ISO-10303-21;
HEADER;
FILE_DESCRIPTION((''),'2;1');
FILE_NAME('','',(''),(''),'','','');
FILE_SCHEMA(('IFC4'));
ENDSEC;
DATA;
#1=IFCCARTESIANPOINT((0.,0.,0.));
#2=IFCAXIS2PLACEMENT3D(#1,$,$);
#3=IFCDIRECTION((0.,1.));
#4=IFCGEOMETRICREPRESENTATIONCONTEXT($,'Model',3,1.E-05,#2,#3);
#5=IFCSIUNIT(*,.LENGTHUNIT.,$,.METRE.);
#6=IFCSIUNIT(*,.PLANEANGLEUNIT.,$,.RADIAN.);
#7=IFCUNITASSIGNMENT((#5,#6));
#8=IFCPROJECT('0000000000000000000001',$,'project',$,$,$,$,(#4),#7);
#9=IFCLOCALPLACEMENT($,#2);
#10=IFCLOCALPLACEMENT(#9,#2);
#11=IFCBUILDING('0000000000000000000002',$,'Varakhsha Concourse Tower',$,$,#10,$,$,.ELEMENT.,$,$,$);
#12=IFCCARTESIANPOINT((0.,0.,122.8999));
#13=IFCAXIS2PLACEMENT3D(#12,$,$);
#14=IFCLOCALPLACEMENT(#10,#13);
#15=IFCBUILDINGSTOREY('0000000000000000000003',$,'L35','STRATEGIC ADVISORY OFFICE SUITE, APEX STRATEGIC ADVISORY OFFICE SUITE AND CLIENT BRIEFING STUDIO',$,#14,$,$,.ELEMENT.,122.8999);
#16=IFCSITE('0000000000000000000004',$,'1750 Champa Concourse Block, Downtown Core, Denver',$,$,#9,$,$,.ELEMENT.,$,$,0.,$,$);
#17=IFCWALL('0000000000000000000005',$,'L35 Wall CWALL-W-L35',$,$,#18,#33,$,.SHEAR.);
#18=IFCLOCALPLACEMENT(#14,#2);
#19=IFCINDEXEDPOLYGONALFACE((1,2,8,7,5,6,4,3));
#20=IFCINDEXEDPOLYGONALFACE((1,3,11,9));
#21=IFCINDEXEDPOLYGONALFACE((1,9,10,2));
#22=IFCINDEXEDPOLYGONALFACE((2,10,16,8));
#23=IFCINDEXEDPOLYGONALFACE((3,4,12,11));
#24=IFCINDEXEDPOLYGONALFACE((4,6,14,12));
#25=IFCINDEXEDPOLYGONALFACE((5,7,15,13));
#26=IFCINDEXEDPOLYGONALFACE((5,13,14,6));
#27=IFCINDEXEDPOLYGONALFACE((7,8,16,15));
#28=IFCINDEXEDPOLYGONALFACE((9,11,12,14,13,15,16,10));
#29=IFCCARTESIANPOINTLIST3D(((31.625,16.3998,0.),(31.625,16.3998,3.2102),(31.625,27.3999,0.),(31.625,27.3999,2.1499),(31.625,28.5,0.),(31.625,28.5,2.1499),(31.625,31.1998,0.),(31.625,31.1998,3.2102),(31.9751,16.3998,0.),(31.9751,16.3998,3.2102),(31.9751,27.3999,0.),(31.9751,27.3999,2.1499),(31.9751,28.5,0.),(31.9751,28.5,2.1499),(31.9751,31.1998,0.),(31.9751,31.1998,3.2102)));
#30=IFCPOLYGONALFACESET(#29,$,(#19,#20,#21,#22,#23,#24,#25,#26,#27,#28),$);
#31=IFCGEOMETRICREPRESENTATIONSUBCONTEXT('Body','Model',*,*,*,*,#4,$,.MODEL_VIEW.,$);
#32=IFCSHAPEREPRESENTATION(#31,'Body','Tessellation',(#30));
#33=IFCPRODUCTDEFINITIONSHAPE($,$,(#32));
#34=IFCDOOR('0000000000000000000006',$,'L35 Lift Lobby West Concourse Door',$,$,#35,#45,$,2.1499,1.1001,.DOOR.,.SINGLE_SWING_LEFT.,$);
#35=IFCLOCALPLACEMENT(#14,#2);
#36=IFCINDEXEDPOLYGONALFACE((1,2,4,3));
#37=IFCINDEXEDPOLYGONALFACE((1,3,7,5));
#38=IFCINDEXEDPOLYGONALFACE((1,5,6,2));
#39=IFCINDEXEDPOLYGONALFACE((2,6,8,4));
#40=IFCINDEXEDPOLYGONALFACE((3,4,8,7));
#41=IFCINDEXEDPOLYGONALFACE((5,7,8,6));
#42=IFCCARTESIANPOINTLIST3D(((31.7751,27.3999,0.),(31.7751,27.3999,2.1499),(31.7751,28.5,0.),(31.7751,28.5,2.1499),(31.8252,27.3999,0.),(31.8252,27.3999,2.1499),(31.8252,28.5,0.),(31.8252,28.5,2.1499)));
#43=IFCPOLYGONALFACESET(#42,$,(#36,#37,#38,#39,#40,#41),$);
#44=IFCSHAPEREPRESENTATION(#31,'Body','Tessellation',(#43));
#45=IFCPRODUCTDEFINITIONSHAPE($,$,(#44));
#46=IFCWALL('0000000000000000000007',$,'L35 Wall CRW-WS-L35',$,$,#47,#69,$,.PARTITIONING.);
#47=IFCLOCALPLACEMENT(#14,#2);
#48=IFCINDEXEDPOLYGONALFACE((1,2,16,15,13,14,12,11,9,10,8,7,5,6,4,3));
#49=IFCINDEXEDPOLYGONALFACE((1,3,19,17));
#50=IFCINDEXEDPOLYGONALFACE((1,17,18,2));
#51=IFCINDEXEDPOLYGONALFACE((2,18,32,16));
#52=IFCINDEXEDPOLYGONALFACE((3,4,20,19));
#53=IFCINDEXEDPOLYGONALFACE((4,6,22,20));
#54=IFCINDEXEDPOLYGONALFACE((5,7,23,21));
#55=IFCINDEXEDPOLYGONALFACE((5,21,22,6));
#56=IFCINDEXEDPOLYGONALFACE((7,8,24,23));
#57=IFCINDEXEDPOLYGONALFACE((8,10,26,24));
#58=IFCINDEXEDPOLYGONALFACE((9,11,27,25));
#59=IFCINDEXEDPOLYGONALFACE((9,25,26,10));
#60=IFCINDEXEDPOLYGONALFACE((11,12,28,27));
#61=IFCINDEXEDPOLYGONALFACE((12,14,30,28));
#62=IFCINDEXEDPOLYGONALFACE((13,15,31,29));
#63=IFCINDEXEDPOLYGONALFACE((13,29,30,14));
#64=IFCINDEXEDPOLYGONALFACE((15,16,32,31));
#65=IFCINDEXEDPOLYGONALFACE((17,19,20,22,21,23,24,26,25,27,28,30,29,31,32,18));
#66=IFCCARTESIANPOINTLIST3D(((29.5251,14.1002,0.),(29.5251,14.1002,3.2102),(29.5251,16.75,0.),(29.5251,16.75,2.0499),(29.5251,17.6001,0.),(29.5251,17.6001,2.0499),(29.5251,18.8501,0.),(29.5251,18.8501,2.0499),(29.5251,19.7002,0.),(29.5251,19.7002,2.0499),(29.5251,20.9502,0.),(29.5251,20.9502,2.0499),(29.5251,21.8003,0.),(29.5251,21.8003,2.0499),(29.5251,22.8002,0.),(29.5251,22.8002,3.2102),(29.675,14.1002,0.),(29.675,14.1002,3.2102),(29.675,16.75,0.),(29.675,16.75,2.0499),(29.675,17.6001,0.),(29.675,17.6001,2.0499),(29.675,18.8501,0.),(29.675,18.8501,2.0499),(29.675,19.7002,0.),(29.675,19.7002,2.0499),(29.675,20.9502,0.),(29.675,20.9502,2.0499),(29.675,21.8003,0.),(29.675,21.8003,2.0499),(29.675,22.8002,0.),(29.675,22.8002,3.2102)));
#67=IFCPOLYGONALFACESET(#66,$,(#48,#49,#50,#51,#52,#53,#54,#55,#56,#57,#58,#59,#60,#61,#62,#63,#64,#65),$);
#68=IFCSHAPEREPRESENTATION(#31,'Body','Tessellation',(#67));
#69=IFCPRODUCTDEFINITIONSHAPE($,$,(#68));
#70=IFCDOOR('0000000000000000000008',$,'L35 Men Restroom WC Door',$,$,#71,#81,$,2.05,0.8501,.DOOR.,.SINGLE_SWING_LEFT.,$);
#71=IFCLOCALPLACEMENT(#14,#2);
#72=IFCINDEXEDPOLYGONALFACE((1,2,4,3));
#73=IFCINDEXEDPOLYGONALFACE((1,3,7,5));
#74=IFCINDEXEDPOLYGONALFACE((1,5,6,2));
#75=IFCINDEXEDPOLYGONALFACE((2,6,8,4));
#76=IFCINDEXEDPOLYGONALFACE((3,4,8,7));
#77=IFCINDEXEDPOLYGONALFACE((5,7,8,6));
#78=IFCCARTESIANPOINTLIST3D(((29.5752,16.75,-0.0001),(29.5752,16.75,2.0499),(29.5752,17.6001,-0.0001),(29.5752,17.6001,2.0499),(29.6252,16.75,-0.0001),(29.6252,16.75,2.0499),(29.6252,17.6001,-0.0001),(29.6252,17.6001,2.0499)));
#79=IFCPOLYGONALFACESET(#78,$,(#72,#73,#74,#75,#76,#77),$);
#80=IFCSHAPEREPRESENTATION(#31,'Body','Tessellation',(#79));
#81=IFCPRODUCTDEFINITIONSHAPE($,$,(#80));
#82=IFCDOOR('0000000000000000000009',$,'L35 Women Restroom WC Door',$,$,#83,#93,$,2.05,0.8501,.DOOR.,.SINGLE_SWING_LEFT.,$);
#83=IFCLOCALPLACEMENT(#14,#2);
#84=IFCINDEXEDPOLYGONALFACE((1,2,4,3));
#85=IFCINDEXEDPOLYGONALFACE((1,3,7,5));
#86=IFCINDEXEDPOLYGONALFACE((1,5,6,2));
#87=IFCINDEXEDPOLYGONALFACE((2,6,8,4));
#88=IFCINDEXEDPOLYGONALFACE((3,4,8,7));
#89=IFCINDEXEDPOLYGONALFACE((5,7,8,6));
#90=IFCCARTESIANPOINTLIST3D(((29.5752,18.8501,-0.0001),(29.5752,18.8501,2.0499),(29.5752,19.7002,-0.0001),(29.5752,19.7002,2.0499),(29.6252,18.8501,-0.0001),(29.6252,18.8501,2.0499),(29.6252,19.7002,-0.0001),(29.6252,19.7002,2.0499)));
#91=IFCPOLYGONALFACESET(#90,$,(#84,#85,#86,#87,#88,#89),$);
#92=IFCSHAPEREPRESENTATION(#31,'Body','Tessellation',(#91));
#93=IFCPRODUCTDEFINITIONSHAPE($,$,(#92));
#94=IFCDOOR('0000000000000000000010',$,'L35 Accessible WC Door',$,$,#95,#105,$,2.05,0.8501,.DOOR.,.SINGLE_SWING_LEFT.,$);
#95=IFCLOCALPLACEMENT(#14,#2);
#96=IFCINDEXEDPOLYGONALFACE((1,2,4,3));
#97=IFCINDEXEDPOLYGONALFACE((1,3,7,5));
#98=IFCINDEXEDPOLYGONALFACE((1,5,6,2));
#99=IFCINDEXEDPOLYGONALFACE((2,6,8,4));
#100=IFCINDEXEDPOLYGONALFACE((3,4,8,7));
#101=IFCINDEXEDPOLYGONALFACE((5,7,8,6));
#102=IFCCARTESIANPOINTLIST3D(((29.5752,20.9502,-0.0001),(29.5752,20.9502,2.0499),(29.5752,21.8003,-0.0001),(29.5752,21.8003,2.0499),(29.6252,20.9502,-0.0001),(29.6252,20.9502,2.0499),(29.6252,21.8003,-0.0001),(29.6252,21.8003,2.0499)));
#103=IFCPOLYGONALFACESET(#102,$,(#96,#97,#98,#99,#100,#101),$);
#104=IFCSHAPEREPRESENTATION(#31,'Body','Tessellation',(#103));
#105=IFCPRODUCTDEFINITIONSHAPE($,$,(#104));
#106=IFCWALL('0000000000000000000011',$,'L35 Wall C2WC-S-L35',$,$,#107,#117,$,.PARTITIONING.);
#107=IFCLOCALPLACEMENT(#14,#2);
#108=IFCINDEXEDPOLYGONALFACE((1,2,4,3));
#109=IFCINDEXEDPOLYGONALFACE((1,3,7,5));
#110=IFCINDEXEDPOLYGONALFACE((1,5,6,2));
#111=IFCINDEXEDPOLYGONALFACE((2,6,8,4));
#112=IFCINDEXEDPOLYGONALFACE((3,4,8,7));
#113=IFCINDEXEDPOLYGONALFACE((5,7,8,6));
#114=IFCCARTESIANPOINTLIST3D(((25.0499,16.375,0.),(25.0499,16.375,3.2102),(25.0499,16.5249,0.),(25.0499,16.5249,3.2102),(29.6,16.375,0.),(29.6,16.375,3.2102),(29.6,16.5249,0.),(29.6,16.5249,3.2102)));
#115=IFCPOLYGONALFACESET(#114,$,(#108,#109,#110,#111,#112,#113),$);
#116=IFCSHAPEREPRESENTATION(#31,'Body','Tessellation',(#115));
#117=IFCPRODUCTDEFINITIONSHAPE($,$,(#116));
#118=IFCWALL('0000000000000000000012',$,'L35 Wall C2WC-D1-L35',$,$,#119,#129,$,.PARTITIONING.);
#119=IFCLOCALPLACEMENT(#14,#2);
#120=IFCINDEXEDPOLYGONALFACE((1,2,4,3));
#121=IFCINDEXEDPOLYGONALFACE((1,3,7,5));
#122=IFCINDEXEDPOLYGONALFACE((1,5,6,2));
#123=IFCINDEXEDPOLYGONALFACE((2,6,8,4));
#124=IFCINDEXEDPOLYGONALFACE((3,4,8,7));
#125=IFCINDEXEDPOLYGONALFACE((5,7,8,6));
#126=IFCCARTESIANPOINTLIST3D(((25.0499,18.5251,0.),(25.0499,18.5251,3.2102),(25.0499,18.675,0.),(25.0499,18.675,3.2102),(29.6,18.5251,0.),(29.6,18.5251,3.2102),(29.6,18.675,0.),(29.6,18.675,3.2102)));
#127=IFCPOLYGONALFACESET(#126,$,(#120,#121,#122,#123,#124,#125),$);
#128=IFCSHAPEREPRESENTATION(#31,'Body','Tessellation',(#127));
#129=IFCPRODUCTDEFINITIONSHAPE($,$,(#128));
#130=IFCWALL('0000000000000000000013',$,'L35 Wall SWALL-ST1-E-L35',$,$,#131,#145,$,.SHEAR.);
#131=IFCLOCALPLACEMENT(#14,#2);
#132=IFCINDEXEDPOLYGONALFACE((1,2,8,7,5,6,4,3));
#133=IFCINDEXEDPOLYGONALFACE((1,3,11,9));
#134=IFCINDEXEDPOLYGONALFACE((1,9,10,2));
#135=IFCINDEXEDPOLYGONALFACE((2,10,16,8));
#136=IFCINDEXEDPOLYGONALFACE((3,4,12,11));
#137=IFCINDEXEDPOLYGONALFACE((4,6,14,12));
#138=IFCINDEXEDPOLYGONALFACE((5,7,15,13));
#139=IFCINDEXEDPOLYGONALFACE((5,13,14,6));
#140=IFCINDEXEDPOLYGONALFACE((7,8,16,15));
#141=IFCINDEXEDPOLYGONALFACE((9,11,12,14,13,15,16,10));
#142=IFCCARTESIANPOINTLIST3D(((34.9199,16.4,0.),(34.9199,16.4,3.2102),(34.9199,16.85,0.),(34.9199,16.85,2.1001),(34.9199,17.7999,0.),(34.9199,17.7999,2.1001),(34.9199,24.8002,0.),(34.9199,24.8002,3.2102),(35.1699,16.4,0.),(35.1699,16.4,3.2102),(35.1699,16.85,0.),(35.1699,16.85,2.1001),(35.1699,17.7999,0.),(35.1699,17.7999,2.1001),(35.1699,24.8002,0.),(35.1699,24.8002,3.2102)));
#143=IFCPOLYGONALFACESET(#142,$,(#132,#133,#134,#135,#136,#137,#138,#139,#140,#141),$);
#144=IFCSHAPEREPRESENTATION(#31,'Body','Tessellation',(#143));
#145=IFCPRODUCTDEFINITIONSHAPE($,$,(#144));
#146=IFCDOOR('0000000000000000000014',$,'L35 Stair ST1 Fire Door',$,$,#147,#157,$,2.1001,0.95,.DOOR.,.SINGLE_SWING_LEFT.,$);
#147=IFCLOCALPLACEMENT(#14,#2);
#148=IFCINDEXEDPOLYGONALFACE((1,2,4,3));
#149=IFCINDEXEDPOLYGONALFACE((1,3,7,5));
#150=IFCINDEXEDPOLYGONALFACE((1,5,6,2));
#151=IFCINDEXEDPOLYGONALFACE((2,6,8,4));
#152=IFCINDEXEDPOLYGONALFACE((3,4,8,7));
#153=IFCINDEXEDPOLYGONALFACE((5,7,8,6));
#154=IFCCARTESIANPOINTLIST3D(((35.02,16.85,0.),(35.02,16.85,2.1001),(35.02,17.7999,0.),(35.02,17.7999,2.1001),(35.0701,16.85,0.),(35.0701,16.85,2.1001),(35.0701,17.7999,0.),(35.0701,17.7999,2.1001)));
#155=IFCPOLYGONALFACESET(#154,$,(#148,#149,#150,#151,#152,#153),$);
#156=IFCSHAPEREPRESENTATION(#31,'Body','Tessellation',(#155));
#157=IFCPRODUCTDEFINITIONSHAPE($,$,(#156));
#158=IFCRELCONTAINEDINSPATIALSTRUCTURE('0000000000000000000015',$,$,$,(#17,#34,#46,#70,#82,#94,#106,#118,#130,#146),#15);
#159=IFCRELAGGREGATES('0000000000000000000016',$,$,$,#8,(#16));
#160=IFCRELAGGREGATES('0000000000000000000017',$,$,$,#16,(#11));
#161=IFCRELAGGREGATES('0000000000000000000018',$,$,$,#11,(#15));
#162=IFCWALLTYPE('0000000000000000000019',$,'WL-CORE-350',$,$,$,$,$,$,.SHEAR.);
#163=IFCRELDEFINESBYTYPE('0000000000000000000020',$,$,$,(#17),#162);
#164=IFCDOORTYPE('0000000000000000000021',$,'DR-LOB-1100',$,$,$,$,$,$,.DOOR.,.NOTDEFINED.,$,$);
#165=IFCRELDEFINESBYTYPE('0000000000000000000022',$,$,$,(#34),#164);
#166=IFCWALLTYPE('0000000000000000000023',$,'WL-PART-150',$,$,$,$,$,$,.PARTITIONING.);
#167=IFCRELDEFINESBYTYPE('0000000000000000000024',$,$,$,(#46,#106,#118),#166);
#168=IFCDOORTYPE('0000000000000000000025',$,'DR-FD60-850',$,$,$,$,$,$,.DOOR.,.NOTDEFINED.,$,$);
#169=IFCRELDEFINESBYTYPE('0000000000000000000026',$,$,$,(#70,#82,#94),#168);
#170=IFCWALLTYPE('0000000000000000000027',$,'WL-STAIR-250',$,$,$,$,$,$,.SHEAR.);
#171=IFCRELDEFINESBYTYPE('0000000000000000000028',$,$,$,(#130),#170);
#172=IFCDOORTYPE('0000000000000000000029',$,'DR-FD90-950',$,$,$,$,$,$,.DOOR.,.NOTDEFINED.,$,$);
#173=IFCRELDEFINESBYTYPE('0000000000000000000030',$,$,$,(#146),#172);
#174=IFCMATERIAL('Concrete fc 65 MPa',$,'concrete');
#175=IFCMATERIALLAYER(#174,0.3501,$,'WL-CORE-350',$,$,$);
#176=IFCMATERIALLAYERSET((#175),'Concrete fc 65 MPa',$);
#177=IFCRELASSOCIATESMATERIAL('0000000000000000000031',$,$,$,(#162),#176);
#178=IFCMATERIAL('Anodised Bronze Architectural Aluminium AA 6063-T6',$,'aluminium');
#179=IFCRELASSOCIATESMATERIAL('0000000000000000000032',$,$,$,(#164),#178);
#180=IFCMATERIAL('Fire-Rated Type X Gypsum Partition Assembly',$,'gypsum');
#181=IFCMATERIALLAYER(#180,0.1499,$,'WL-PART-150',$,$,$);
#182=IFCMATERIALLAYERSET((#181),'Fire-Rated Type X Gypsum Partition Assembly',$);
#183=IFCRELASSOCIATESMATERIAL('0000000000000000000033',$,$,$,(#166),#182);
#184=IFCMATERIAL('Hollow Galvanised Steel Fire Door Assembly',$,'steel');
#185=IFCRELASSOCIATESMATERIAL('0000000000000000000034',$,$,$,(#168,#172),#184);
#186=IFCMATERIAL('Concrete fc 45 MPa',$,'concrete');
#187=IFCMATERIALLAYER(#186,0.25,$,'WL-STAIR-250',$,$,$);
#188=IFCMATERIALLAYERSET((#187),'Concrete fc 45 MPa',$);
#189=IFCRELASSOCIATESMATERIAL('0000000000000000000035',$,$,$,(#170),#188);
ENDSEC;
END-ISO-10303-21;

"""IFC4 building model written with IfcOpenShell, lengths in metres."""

from ifc_helpers import new_model, si_unit, direction, frame, frame_2d, origin, place, context, subcontext, project, spatial, rectangle, extrude, material, layer, layer_set, type_object, element, fill, save


model = new_model("IFC4")

# Units and contexts
model_context = context("Model", 3, precision=1e-05, world=origin(), true_north=direction((0.0, 1.0)))
body_context = subcontext(model_context, "Body", "Model", "MODEL_VIEW")
ifc_project = project(units=[si_unit("LENGTHUNIT", "METRE"), si_unit("PLANEANGLEUNIT", "RADIAN")], contexts=[model_context])

# Site, building, storey
site_placement = place(None, origin())
site = spatial("IfcSite", under=ifc_project, at=site_placement, Name="1750 Champa Concourse Block, Downtown Core, Denver", CompositionType="ELEMENT", RefElevation=0.0)
building_placement = place(site_placement, origin())
building = spatial("IfcBuilding", under=site, at=building_placement, Name="Varakhsha Concourse Tower", CompositionType="ELEMENT")
storey_placement = place(building_placement, frame((0.0, 0.0, 122.8999)))
storey = spatial("IfcBuildingStorey", under=building, at=storey_placement, Name="L35", Description="STRATEGIC ADVISORY OFFICE SUITE, APEX STRATEGIC ADVISORY OFFICE SUITE AND CLIENT BRIEFING STUDIO", CompositionType="ELEMENT", Elevation=122.8999)

# Shared definitions
ifc_material_1 = material(Name="Concrete fc 65 MPa", Category="concrete")

# Shared definitions
ifc_layer_1 = layer(ifc_material_1, 0.3501, Name="WL-CORE-350")
ifc_layer_set_1 = layer_set([ifc_layer_1], Name="Concrete fc 65 MPa")
wall_type_1 = type_object("IfcWallType", Name="WL-CORE-350", PredefinedType="SHEAR", material=ifc_layer_set_1)
ifc_material_2 = material(Name="Hollow Galvanised Steel Fire Door Assembly", Category="steel")

# Wall, opening, door
wall_1_placement = place(storey_placement, frame((31.8, 16.3999, 0.0), z_axis=(0.0, 0.0, 1.0), x_axis=(0.0, 1.0, 0.0)))
wall_1 = element("IfcWall", 1, at=wall_1_placement, inside=storey, type_object=wall_type_1, Name="L35 Wall CWALL-W-L35", PredefinedType="SHEAR", context=body_context, shape_type="SweptSolid", body=[
    extrude(rectangle(XDim=14.8, YDim=0.3501, at=frame_2d((7.3999, 0.0))), origin(), (0.0, 0.0, 1.0), 3.2102),
])
opening_1_placement = place(wall_1_placement, frame((11.0, 0.0, 0.0)))
opening_1 = element("IfcOpeningElement", 2, at=opening_1_placement, cuts=wall_1, PredefinedType="OPENING", context=body_context, shape_type="SweptSolid", body=[
    extrude(rectangle(XDim=1.1001, YDim=2.1499, at=frame_2d((0.55, 1.075))), frame((0.0, 0.1851, 0.0), z_axis=(0.0, -1.0, 0.0), x_axis=(1.0, 0.0, 0.0)), (0.0, 0.0, 1.0), 0.3701),
])
ifc_material_3 = material(Name="Anodised Bronze Architectural Aluminium AA 6063-T6", Category="aluminium")
door_type_1 = type_object("IfcDoorType", Name="DR-LOB-1100", OperationType="NOTDEFINED", PredefinedType="DOOR", material=ifc_material_3)
door_1_placement = place(opening_1_placement, origin())
door_1 = element("IfcDoor", 3, at=door_1_placement, inside=storey, type_object=door_type_1, Name="L35 Lift Lobby West Concourse Door", OperationType="SINGLE_SWING_LEFT", OverallHeight=2.1499, OverallWidth=1.1001, PredefinedType="DOOR", context=body_context, shape_type="SweptSolid", body=[
    extrude(rectangle(XDim=1.1001, YDim=2.1499, at=frame_2d((0.55, 1.075))), frame((0.0, 0.0249, 0.0), z_axis=(0.0, -1.0, 0.0), x_axis=(1.0, 0.0, 0.0)), (0.0, 0.0, 1.0), 0.05),
])
fill(opening_1, door_1)

# Wall, openings, doors
ifc_material_4 = material(Name="Fire-Rated Type X Gypsum Partition Assembly", Category="gypsum")
ifc_layer_2 = layer(ifc_material_4, 0.1499, Name="WL-PART-150")
ifc_layer_set_2 = layer_set([ifc_layer_2], Name="Fire-Rated Type X Gypsum Partition Assembly")
wall_type_2 = type_object("IfcWallType", Name="WL-PART-150", PredefinedType="PARTITIONING", material=ifc_layer_set_2)
wall_2_placement = place(storey_placement, frame((29.6001, 14.1001, 0.0), z_axis=(0.0, 0.0, 1.0), x_axis=(0.0, 1.0, 0.0)))
wall_2 = element("IfcWall", 4, at=wall_2_placement, inside=storey, type_object=wall_type_2, Name="L35 Wall CRW-WS-L35", PredefinedType="PARTITIONING", context=body_context, shape_type="SweptSolid", body=[
    extrude(rectangle(XDim=8.7, YDim=0.1499, at=frame_2d((4.3501, 0.0))), origin(), (0.0, 0.0, 1.0), 3.2102),
])
opening_2_placement = place(wall_2_placement, frame((2.6499, 0.0, 0.0)))
opening_2 = element("IfcOpeningElement", 5, at=opening_2_placement, cuts=wall_2, PredefinedType="OPENING", context=body_context, shape_type="SweptSolid", body=[
    extrude(rectangle(XDim=0.8501, YDim=2.05, at=frame_2d((0.425, 1.0249))), frame((0.0, 0.085, 0.0), z_axis=(0.0, -1.0, 0.0), x_axis=(1.0, 0.0, 0.0)), (0.0, 0.0, 1.0), 0.1699),
])
opening_3_placement = place(wall_2_placement, frame((4.75, 0.0, 0.0)))
opening_3 = element("IfcOpeningElement", 6, at=opening_3_placement, cuts=wall_2, PredefinedType="OPENING", context=body_context, shape_type="SweptSolid", body=[
    extrude(rectangle(XDim=0.8501, YDim=2.05, at=frame_2d((0.425, 1.0249))), frame((0.0, 0.085, 0.0), z_axis=(0.0, -1.0, 0.0), x_axis=(1.0, 0.0, 0.0)), (0.0, 0.0, 1.0), 0.1699),
])
opening_4_placement = place(wall_2_placement, frame((6.8501, 0.0, 0.0)))
opening_4 = element("IfcOpeningElement", 7, at=opening_4_placement, cuts=wall_2, PredefinedType="OPENING", context=body_context, shape_type="SweptSolid", body=[
    extrude(rectangle(XDim=0.8501, YDim=2.05, at=frame_2d((0.425, 1.0249))), frame((0.0, 0.085, 0.0), z_axis=(0.0, -1.0, 0.0), x_axis=(1.0, 0.0, 0.0)), (0.0, 0.0, 1.0), 0.1699),
])
door_type_2 = type_object("IfcDoorType", Name="DR-FD60-850", OperationType="NOTDEFINED", PredefinedType="DOOR", material=ifc_material_2)
door_2_placement = place(opening_2_placement, origin())
door_2 = element("IfcDoor", 8, at=door_2_placement, inside=storey, type_object=door_type_2, Name="L35 Men Restroom WC Door", OperationType="SINGLE_SWING_LEFT", OverallHeight=2.05, OverallWidth=0.8501, PredefinedType="DOOR", context=body_context, shape_type="SweptSolid", body=[
    extrude(rectangle(XDim=0.8501, YDim=2.05, at=frame_2d((0.425, 1.0249))), frame((0.0, 0.0249, 0.0), z_axis=(0.0, -1.0, 0.0), x_axis=(1.0, 0.0, 0.0)), (0.0, 0.0, 1.0), 0.05),
])
fill(opening_2, door_2)
door_3_placement = place(opening_3_placement, origin())
door_3 = element("IfcDoor", 9, at=door_3_placement, inside=storey, type_object=door_type_2, Name="L35 Women Restroom WC Door", OperationType="SINGLE_SWING_LEFT", OverallHeight=2.05, OverallWidth=0.8501, PredefinedType="DOOR", context=body_context, shape_type="SweptSolid", body=[
    extrude(rectangle(XDim=0.8501, YDim=2.05, at=frame_2d((0.425, 1.0249))), frame((0.0, 0.0249, 0.0), z_axis=(0.0, -1.0, 0.0), x_axis=(1.0, 0.0, 0.0)), (0.0, 0.0, 1.0), 0.05),
])
fill(opening_3, door_3)
door_4_placement = place(opening_4_placement, origin())
door_4 = element("IfcDoor", 10, at=door_4_placement, inside=storey, type_object=door_type_2, Name="L35 Accessible WC Door", OperationType="SINGLE_SWING_LEFT", OverallHeight=2.05, OverallWidth=0.8501, PredefinedType="DOOR", context=body_context, shape_type="SweptSolid", body=[
    extrude(rectangle(XDim=0.8501, YDim=2.05, at=frame_2d((0.425, 1.0249))), frame((0.0, 0.0249, 0.0), z_axis=(0.0, -1.0, 0.0), x_axis=(1.0, 0.0, 0.0)), (0.0, 0.0, 1.0), 0.05),
])
fill(opening_4, door_4)

# Walls
for number, where, z_axis, x_axis, name in (
    (11, (25.05, 16.45, 0.0), (0.0, 0.0, 1.0), (1.0, 0.0, 0.0), "L35 Wall C2WC-S-L35"),
    (12, (25.05, 18.6001, 0.0), (0.0, 0.0, 1.0), (1.0, 0.0, 0.0), "L35 Wall C2WC-D1-L35"),
):
    element("IfcWall", number, at=place(storey_placement, frame(where, z_axis=z_axis, x_axis=x_axis)), inside=storey, type_object=wall_type_2, Name=name, PredefinedType="PARTITIONING", context=body_context, shape_type="SweptSolid", body=[
        extrude(rectangle(XDim=4.55, YDim=0.1499, at=frame_2d((2.2749, 0.0))), origin(), (0.0, 0.0, 1.0), 3.2102),
    ])

# Wall, opening, door
ifc_material_5 = material(Name="Concrete fc 45 MPa", Category="concrete")
ifc_layer_3 = layer(ifc_material_5, 0.25, Name="WL-STAIR-250")
ifc_layer_set_3 = layer_set([ifc_layer_3], Name="Concrete fc 45 MPa")
wall_type_3 = type_object("IfcWallType", Name="WL-STAIR-250", PredefinedType="SHEAR", material=ifc_layer_set_3)
wall_3_placement = place(storey_placement, frame((35.0449, 16.3999, 0.0), z_axis=(0.0, 0.0, 1.0), x_axis=(0.0, 1.0, 0.0)))
wall_3 = element("IfcWall", 13, at=wall_3_placement, inside=storey, type_object=wall_type_3, Name="L35 Wall SWALL-ST1-E-L35", PredefinedType="SHEAR", context=body_context, shape_type="SweptSolid", body=[
    extrude(rectangle(XDim=8.4001, YDim=0.25, at=frame_2d((4.2002, 0.0))), origin(), (0.0, 0.0, 1.0), 3.2102),
])
opening_5_placement = place(wall_3_placement, frame((0.45, 0.0, 0.0)))
opening_5 = element("IfcOpeningElement", 14, at=opening_5_placement, cuts=wall_3, PredefinedType="OPENING", context=body_context, shape_type="SweptSolid", body=[
    extrude(rectangle(XDim=0.95, YDim=2.1001, at=frame_2d((0.4751, 1.05))), frame((0.0, 0.135, 0.0), z_axis=(0.0, -1.0, 0.0), x_axis=(1.0, 0.0, 0.0)), (0.0, 0.0, 1.0), 0.27),
])
door_type_3 = type_object("IfcDoorType", Name="DR-FD90-950", OperationType="NOTDEFINED", PredefinedType="DOOR", material=ifc_material_2)
door_5_placement = place(opening_5_placement, origin())
door_5 = element("IfcDoor", 15, at=door_5_placement, inside=storey, type_object=door_type_3, Name="L35 Stair ST1 Fire Door", OperationType="SINGLE_SWING_LEFT", OverallHeight=2.1001, OverallWidth=0.95, PredefinedType="DOOR", context=body_context, shape_type="SweptSolid", body=[
    extrude(rectangle(XDim=0.95, YDim=2.1001, at=frame_2d((0.4751, 1.05))), frame((0.0, 0.0249, 0.0), z_axis=(0.0, -1.0, 0.0), x_axis=(1.0, 0.0, 0.0)), (0.0, 0.0, 1.0), 0.05),
])
fill(opening_5, door_5)

save(model, "model.ifc")
